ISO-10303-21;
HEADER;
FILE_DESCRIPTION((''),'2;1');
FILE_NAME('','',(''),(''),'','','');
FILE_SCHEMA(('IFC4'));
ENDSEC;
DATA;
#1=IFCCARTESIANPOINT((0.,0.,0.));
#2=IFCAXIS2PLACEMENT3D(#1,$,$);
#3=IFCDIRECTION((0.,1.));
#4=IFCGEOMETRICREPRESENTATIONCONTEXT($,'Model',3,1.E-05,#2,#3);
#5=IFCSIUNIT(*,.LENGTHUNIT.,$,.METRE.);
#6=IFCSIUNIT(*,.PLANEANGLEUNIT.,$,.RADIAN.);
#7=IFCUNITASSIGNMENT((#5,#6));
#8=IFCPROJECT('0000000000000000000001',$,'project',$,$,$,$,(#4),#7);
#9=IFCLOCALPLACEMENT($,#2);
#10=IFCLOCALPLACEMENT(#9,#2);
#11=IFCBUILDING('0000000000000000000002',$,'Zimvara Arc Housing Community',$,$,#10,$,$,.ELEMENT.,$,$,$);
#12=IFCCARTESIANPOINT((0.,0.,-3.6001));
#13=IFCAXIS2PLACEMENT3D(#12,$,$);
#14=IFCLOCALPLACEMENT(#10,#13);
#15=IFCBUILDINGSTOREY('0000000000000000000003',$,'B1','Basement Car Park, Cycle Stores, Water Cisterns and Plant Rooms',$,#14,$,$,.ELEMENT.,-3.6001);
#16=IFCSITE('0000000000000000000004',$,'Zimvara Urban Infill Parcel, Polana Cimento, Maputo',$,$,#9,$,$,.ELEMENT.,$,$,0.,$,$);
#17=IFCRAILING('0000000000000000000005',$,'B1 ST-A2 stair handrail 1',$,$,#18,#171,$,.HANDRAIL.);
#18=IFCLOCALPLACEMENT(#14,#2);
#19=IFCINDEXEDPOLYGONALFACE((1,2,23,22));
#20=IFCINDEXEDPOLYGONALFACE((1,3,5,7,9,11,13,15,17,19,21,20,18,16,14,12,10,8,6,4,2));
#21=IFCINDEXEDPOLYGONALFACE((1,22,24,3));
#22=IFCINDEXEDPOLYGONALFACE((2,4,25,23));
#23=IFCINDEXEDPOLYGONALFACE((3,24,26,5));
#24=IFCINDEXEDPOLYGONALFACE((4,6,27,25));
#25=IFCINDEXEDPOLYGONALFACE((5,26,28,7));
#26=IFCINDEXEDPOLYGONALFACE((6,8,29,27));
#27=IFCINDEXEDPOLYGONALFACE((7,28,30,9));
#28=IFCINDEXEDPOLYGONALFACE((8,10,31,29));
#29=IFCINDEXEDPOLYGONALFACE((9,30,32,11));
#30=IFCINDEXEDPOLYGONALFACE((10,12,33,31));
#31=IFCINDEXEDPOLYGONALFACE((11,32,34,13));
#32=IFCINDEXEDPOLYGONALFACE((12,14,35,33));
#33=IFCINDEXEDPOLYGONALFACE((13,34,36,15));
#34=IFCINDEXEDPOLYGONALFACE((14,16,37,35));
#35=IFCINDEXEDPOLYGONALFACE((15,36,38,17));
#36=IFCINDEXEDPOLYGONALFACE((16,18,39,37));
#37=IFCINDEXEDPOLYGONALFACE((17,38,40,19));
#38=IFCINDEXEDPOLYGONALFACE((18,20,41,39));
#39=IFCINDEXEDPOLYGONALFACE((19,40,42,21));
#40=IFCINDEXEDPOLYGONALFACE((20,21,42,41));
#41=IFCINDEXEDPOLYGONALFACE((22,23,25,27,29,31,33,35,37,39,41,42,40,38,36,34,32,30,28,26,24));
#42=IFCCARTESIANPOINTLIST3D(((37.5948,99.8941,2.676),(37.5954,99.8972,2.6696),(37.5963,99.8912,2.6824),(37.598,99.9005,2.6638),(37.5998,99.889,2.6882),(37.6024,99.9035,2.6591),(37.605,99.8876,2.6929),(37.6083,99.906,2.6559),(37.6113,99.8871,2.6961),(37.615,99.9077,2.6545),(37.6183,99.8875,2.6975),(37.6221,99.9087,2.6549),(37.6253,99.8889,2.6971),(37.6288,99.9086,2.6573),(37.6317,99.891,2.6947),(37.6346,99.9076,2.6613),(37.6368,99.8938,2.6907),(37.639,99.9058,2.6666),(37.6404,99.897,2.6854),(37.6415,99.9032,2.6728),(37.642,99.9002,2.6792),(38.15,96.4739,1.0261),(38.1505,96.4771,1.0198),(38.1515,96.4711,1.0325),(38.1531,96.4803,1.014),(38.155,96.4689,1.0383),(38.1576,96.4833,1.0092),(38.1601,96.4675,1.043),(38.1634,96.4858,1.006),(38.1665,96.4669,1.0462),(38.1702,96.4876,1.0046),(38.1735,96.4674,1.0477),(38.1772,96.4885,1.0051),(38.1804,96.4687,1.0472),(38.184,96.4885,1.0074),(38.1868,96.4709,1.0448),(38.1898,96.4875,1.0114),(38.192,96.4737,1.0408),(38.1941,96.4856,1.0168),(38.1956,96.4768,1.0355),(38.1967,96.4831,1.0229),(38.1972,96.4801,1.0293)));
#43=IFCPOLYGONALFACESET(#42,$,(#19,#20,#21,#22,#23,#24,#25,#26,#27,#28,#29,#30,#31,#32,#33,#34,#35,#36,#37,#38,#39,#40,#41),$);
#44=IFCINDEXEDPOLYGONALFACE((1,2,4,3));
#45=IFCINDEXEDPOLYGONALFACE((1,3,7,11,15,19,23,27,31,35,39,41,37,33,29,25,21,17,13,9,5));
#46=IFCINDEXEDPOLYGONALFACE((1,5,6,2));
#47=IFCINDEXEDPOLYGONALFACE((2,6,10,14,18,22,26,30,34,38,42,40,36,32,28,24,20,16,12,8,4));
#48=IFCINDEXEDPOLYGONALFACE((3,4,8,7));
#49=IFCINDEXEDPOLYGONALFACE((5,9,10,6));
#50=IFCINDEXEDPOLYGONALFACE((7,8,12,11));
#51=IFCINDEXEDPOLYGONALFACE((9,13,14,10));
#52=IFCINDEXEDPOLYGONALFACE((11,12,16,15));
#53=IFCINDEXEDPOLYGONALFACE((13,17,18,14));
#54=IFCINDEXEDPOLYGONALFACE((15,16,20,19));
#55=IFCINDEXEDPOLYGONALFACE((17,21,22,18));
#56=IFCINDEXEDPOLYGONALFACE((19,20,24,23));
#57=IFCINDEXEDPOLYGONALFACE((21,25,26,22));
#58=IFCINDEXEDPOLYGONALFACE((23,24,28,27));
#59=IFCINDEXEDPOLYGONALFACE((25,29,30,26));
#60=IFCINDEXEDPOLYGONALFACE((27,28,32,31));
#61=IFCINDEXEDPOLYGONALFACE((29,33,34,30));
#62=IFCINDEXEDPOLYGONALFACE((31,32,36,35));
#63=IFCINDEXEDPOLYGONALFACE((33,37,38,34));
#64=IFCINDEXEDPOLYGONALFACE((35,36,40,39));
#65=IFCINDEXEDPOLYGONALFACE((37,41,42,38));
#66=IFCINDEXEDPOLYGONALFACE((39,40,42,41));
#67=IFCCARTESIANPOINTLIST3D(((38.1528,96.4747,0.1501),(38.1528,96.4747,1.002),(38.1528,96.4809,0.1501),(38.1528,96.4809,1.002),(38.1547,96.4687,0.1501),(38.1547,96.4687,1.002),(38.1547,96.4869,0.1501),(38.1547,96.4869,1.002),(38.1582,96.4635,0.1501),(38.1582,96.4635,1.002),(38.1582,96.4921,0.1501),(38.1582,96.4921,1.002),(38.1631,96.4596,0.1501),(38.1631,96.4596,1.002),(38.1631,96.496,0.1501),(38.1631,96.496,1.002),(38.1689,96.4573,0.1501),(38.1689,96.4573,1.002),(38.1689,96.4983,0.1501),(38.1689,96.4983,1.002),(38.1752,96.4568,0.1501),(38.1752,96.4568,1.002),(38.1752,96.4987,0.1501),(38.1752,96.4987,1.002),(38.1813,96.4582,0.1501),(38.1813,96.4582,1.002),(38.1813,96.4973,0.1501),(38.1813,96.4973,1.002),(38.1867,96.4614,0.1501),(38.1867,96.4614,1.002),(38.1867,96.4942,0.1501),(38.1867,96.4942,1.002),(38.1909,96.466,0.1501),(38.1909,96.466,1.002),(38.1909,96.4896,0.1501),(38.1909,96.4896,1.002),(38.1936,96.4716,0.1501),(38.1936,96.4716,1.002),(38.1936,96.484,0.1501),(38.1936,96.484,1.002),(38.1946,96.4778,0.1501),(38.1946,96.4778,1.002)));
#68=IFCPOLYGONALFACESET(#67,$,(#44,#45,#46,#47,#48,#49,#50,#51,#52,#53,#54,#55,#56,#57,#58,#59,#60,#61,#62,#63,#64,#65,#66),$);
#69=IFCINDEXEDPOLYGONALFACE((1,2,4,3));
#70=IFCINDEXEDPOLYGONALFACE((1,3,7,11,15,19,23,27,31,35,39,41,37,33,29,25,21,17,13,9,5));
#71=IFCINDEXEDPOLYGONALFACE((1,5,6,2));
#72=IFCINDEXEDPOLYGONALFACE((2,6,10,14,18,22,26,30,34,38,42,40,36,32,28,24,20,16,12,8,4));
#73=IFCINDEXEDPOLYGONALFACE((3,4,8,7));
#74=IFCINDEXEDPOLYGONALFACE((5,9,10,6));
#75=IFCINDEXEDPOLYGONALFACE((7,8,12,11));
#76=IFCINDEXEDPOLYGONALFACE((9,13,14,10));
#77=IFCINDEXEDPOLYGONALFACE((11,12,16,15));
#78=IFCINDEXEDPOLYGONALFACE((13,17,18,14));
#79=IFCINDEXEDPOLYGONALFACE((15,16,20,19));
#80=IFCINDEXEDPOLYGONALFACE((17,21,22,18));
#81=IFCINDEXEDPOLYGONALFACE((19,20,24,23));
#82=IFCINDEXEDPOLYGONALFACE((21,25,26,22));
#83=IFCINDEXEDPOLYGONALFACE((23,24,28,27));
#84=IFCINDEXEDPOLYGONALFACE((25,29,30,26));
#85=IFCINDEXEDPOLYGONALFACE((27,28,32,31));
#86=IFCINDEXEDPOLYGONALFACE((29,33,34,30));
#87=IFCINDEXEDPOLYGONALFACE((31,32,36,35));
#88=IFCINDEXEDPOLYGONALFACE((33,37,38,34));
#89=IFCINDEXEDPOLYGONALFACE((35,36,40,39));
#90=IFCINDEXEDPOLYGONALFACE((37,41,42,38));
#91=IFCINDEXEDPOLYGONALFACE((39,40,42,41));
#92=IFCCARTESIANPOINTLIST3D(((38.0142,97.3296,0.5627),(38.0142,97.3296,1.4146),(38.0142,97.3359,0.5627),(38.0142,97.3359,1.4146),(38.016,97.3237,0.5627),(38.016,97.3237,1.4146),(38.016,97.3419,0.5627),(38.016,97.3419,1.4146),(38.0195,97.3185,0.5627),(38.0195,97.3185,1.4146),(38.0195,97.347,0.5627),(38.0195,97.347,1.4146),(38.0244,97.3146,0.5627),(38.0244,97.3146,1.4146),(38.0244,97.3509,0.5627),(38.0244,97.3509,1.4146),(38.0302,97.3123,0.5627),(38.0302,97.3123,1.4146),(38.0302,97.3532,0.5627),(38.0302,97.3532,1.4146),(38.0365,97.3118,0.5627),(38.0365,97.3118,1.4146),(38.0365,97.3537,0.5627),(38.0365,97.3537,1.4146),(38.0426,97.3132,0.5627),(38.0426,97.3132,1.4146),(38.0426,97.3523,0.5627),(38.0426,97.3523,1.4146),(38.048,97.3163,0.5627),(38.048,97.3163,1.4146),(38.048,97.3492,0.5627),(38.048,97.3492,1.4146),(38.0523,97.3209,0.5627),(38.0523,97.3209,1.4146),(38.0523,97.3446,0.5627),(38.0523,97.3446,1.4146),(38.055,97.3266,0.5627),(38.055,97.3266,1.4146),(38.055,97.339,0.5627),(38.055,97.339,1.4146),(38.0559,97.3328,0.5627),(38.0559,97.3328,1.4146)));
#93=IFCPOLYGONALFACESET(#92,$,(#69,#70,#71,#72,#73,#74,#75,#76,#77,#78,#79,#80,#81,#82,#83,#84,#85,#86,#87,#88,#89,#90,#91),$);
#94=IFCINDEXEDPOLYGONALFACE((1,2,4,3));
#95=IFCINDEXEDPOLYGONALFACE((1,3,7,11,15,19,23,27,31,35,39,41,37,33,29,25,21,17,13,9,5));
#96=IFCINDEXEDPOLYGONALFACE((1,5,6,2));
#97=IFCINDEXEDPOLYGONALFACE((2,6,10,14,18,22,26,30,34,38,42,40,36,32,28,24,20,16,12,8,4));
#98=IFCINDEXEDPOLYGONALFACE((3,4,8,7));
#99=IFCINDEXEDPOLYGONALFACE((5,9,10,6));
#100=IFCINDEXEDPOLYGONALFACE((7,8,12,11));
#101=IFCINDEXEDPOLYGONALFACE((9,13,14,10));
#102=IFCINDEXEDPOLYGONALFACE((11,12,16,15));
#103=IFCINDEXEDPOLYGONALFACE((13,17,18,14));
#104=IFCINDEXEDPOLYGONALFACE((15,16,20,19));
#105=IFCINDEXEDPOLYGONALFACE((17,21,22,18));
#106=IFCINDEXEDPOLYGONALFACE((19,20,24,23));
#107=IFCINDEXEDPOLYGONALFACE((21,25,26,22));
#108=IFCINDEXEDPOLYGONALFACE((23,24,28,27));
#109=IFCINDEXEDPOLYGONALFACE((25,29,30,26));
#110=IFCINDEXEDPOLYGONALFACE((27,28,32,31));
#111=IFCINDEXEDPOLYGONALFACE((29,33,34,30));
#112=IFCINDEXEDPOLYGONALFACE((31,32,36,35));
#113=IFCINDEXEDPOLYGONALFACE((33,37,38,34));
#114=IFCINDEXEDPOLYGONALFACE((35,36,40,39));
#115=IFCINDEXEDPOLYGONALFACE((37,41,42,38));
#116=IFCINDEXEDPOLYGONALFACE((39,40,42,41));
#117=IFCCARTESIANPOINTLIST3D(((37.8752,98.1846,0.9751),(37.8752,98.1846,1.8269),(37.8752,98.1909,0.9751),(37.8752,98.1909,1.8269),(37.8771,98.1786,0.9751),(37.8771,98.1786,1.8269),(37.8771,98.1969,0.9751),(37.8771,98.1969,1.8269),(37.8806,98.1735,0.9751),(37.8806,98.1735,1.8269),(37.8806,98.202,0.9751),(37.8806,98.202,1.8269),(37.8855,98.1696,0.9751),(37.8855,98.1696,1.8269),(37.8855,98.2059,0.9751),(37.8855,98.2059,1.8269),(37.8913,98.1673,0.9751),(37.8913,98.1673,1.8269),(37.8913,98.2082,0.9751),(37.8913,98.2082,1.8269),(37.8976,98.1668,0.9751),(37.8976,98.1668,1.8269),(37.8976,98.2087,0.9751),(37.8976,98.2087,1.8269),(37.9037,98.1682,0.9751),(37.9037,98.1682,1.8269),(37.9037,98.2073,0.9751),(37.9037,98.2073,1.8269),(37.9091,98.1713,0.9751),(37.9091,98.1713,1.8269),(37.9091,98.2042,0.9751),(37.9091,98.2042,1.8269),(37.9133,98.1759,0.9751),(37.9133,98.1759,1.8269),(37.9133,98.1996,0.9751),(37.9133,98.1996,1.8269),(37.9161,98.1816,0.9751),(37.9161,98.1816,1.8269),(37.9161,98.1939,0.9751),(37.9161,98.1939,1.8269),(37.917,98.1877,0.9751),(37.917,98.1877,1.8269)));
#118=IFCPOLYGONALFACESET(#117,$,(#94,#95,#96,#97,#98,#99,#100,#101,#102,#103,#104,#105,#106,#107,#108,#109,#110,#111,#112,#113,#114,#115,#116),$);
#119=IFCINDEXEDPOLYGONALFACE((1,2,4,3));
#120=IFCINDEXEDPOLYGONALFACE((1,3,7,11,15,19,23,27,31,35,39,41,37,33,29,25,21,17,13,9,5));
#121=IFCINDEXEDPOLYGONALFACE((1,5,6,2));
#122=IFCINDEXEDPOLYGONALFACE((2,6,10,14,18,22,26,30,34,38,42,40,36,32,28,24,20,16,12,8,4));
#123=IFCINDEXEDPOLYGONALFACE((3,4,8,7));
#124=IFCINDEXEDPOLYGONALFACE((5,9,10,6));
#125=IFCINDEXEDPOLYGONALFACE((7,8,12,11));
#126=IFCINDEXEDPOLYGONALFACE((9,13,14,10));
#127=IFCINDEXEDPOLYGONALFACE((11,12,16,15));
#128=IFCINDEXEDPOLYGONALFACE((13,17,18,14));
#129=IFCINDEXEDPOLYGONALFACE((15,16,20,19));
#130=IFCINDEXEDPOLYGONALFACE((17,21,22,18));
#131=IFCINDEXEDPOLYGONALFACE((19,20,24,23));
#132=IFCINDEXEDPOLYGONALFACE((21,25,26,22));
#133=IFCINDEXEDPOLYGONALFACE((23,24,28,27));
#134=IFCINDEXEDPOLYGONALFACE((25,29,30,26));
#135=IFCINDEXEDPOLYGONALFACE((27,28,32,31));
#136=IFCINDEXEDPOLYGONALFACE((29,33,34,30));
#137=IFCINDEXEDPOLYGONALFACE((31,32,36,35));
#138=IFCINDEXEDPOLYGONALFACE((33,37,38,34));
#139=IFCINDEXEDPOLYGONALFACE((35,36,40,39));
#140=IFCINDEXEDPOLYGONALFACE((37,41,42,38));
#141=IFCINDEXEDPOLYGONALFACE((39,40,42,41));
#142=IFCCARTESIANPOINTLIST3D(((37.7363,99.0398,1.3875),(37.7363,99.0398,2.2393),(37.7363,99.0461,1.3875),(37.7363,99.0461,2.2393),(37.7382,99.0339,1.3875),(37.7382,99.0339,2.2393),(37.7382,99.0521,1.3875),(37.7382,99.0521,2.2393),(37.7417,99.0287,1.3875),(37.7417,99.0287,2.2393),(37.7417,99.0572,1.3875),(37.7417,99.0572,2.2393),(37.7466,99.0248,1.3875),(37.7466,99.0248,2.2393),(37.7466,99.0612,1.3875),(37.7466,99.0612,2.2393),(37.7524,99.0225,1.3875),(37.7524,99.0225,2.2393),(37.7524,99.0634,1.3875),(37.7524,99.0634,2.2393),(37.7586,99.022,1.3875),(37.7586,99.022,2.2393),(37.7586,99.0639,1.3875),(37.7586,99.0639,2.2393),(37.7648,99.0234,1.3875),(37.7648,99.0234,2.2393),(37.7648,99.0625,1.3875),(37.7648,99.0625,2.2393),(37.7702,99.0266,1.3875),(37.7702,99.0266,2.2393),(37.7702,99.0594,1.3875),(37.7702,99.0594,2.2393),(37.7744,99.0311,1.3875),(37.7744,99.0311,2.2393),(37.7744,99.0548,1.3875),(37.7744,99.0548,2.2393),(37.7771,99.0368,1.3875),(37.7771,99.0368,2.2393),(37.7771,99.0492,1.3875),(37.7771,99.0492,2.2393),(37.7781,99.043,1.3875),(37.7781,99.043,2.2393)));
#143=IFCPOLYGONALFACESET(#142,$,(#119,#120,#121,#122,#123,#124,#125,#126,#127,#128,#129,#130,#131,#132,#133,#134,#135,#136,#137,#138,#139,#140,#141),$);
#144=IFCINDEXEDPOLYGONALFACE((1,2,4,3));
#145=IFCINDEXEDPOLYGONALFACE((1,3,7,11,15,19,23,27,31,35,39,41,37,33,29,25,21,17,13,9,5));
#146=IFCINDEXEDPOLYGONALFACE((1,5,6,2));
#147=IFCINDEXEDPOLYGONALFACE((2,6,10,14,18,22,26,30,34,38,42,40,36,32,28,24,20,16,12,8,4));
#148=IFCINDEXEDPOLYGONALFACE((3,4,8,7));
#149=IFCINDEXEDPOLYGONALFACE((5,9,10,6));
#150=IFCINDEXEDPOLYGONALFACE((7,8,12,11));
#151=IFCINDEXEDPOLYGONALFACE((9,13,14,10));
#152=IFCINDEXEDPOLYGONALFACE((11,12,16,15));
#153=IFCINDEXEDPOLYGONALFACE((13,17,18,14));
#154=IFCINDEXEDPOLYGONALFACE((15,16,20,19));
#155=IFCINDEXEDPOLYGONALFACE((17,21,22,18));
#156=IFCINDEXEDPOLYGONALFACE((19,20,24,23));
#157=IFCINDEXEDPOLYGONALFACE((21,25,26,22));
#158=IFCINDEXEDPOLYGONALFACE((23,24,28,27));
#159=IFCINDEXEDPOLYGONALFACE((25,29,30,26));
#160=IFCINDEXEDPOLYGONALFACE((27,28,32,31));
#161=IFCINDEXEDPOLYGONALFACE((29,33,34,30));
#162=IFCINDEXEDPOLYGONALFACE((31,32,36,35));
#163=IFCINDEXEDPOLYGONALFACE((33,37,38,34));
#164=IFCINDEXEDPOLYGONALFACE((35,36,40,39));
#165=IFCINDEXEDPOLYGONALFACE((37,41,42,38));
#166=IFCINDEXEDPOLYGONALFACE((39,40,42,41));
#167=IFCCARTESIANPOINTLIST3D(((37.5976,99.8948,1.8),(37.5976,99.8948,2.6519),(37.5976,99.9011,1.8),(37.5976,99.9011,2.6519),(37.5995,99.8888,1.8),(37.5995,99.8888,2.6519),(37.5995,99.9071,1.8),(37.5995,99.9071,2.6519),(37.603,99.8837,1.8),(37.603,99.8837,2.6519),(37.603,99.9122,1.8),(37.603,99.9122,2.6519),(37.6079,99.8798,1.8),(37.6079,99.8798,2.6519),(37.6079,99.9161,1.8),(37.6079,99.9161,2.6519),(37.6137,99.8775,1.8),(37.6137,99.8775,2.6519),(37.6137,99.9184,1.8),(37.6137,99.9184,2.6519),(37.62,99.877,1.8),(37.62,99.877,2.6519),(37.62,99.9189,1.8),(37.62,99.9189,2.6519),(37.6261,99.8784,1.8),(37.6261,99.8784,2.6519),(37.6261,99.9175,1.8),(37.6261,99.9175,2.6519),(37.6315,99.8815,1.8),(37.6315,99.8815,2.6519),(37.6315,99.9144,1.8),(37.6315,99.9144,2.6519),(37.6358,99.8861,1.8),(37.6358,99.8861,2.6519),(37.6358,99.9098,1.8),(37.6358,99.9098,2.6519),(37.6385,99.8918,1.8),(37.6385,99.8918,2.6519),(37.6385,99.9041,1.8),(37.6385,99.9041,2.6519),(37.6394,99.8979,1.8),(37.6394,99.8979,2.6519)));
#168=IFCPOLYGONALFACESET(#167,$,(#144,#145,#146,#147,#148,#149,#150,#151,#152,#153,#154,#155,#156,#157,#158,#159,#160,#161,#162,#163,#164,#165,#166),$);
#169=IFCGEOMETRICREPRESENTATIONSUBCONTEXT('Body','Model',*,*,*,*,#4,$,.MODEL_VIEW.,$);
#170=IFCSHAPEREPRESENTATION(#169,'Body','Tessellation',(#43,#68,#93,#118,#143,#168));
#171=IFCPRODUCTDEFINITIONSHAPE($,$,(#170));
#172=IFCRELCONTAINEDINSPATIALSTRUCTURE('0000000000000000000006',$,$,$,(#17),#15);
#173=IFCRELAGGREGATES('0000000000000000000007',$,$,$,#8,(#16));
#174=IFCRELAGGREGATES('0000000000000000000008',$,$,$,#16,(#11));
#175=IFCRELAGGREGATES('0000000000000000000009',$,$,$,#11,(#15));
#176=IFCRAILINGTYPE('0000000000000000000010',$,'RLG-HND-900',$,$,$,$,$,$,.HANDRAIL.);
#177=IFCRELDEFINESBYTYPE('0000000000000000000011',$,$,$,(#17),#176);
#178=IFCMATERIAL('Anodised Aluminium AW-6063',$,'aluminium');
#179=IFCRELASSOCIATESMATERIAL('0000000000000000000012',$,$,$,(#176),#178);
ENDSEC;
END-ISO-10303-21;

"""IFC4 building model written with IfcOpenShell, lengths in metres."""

from ifc_helpers import new_model, si_unit, direction, frame, origin, origin_2d, place, context, subcontext, project, spatial, circle, extrude, material, type_object, element, save


model = new_model("IFC4")

# Units and contexts
model_context = context("Model", 3, precision=1e-05, world=origin(), true_north=direction((0.0, 1.0)))
body_context = subcontext(model_context, "Body", "Model", "MODEL_VIEW")
ifc_project = project(units=[si_unit("LENGTHUNIT", "METRE"), si_unit("PLANEANGLEUNIT", "RADIAN")], contexts=[model_context])

# Site, building, storey
site_placement = place(None, origin())
site = spatial("IfcSite", under=ifc_project, at=site_placement, Name="Zimvara Urban Infill Parcel, Polana Cimento, Maputo", CompositionType="ELEMENT", RefElevation=0.0)
building_placement = place(site_placement, origin())
building = spatial("IfcBuilding", under=site, at=building_placement, Name="Zimvara Arc Housing Community", CompositionType="ELEMENT")
storey_placement = place(building_placement, frame((0.0, 0.0, -3.6001)))
storey = spatial("IfcBuildingStorey", under=building, at=storey_placement, Name="B1", Description="Basement Car Park, Cycle Stores, Water Cisterns and Plant Rooms", CompositionType="ELEMENT", Elevation=-3.6001)

# Railing
ifc_material_1 = material(Name="Anodised Aluminium AW-6063", Category="aluminium")
railing_type_1 = type_object("IfcRailingType", Name="RLG-HND-900", PredefinedType="HANDRAIL", material=ifc_material_1)
railing_1_placement = place(storey_placement, frame((38.1736, 96.4778, 0.1501)))
element("IfcRailing", 1, at=railing_1_placement, inside=storey, type_object=railing_type_1, Name="B1 ST-A2 stair handrail 1", PredefinedType="HANDRAIL", context=body_context, shape_type="SweptSolid", body=[
    extrude(circle(Radius=0.0239, at=origin_2d()), frame((0.0, 0.0, 0.876), z_axis=(-0.144664, 0.891202, 0.42992), x_axis=(-0.98708, -0.160227, 0.0)), (0.0, 0.0, 1.0), 3.8376),
    extrude(circle(Radius=0.021, at=origin_2d()), origin(), (0.0, 0.0, 1.0), 0.8518),
    extrude(circle(Radius=0.021, at=origin_2d()), frame((-0.1387, 0.855, 0.4126)), (0.0, 0.0, 1.0), 0.8518),
    extrude(circle(Radius=0.021, at=origin_2d()), frame((-0.2776, 1.71, 0.825)), (0.0, 0.0, 1.0), 0.8518),
    extrude(circle(Radius=0.021, at=origin_2d()), frame((-0.4165, 2.5652, 1.2373)), (0.0, 0.0, 1.0), 0.8518),
    extrude(circle(Radius=0.021, at=origin_2d()), frame((-0.5552, 3.4202, 1.6499)), (0.0, 0.0, 1.0), 0.8518),
])

save(model, "model.ifc")
